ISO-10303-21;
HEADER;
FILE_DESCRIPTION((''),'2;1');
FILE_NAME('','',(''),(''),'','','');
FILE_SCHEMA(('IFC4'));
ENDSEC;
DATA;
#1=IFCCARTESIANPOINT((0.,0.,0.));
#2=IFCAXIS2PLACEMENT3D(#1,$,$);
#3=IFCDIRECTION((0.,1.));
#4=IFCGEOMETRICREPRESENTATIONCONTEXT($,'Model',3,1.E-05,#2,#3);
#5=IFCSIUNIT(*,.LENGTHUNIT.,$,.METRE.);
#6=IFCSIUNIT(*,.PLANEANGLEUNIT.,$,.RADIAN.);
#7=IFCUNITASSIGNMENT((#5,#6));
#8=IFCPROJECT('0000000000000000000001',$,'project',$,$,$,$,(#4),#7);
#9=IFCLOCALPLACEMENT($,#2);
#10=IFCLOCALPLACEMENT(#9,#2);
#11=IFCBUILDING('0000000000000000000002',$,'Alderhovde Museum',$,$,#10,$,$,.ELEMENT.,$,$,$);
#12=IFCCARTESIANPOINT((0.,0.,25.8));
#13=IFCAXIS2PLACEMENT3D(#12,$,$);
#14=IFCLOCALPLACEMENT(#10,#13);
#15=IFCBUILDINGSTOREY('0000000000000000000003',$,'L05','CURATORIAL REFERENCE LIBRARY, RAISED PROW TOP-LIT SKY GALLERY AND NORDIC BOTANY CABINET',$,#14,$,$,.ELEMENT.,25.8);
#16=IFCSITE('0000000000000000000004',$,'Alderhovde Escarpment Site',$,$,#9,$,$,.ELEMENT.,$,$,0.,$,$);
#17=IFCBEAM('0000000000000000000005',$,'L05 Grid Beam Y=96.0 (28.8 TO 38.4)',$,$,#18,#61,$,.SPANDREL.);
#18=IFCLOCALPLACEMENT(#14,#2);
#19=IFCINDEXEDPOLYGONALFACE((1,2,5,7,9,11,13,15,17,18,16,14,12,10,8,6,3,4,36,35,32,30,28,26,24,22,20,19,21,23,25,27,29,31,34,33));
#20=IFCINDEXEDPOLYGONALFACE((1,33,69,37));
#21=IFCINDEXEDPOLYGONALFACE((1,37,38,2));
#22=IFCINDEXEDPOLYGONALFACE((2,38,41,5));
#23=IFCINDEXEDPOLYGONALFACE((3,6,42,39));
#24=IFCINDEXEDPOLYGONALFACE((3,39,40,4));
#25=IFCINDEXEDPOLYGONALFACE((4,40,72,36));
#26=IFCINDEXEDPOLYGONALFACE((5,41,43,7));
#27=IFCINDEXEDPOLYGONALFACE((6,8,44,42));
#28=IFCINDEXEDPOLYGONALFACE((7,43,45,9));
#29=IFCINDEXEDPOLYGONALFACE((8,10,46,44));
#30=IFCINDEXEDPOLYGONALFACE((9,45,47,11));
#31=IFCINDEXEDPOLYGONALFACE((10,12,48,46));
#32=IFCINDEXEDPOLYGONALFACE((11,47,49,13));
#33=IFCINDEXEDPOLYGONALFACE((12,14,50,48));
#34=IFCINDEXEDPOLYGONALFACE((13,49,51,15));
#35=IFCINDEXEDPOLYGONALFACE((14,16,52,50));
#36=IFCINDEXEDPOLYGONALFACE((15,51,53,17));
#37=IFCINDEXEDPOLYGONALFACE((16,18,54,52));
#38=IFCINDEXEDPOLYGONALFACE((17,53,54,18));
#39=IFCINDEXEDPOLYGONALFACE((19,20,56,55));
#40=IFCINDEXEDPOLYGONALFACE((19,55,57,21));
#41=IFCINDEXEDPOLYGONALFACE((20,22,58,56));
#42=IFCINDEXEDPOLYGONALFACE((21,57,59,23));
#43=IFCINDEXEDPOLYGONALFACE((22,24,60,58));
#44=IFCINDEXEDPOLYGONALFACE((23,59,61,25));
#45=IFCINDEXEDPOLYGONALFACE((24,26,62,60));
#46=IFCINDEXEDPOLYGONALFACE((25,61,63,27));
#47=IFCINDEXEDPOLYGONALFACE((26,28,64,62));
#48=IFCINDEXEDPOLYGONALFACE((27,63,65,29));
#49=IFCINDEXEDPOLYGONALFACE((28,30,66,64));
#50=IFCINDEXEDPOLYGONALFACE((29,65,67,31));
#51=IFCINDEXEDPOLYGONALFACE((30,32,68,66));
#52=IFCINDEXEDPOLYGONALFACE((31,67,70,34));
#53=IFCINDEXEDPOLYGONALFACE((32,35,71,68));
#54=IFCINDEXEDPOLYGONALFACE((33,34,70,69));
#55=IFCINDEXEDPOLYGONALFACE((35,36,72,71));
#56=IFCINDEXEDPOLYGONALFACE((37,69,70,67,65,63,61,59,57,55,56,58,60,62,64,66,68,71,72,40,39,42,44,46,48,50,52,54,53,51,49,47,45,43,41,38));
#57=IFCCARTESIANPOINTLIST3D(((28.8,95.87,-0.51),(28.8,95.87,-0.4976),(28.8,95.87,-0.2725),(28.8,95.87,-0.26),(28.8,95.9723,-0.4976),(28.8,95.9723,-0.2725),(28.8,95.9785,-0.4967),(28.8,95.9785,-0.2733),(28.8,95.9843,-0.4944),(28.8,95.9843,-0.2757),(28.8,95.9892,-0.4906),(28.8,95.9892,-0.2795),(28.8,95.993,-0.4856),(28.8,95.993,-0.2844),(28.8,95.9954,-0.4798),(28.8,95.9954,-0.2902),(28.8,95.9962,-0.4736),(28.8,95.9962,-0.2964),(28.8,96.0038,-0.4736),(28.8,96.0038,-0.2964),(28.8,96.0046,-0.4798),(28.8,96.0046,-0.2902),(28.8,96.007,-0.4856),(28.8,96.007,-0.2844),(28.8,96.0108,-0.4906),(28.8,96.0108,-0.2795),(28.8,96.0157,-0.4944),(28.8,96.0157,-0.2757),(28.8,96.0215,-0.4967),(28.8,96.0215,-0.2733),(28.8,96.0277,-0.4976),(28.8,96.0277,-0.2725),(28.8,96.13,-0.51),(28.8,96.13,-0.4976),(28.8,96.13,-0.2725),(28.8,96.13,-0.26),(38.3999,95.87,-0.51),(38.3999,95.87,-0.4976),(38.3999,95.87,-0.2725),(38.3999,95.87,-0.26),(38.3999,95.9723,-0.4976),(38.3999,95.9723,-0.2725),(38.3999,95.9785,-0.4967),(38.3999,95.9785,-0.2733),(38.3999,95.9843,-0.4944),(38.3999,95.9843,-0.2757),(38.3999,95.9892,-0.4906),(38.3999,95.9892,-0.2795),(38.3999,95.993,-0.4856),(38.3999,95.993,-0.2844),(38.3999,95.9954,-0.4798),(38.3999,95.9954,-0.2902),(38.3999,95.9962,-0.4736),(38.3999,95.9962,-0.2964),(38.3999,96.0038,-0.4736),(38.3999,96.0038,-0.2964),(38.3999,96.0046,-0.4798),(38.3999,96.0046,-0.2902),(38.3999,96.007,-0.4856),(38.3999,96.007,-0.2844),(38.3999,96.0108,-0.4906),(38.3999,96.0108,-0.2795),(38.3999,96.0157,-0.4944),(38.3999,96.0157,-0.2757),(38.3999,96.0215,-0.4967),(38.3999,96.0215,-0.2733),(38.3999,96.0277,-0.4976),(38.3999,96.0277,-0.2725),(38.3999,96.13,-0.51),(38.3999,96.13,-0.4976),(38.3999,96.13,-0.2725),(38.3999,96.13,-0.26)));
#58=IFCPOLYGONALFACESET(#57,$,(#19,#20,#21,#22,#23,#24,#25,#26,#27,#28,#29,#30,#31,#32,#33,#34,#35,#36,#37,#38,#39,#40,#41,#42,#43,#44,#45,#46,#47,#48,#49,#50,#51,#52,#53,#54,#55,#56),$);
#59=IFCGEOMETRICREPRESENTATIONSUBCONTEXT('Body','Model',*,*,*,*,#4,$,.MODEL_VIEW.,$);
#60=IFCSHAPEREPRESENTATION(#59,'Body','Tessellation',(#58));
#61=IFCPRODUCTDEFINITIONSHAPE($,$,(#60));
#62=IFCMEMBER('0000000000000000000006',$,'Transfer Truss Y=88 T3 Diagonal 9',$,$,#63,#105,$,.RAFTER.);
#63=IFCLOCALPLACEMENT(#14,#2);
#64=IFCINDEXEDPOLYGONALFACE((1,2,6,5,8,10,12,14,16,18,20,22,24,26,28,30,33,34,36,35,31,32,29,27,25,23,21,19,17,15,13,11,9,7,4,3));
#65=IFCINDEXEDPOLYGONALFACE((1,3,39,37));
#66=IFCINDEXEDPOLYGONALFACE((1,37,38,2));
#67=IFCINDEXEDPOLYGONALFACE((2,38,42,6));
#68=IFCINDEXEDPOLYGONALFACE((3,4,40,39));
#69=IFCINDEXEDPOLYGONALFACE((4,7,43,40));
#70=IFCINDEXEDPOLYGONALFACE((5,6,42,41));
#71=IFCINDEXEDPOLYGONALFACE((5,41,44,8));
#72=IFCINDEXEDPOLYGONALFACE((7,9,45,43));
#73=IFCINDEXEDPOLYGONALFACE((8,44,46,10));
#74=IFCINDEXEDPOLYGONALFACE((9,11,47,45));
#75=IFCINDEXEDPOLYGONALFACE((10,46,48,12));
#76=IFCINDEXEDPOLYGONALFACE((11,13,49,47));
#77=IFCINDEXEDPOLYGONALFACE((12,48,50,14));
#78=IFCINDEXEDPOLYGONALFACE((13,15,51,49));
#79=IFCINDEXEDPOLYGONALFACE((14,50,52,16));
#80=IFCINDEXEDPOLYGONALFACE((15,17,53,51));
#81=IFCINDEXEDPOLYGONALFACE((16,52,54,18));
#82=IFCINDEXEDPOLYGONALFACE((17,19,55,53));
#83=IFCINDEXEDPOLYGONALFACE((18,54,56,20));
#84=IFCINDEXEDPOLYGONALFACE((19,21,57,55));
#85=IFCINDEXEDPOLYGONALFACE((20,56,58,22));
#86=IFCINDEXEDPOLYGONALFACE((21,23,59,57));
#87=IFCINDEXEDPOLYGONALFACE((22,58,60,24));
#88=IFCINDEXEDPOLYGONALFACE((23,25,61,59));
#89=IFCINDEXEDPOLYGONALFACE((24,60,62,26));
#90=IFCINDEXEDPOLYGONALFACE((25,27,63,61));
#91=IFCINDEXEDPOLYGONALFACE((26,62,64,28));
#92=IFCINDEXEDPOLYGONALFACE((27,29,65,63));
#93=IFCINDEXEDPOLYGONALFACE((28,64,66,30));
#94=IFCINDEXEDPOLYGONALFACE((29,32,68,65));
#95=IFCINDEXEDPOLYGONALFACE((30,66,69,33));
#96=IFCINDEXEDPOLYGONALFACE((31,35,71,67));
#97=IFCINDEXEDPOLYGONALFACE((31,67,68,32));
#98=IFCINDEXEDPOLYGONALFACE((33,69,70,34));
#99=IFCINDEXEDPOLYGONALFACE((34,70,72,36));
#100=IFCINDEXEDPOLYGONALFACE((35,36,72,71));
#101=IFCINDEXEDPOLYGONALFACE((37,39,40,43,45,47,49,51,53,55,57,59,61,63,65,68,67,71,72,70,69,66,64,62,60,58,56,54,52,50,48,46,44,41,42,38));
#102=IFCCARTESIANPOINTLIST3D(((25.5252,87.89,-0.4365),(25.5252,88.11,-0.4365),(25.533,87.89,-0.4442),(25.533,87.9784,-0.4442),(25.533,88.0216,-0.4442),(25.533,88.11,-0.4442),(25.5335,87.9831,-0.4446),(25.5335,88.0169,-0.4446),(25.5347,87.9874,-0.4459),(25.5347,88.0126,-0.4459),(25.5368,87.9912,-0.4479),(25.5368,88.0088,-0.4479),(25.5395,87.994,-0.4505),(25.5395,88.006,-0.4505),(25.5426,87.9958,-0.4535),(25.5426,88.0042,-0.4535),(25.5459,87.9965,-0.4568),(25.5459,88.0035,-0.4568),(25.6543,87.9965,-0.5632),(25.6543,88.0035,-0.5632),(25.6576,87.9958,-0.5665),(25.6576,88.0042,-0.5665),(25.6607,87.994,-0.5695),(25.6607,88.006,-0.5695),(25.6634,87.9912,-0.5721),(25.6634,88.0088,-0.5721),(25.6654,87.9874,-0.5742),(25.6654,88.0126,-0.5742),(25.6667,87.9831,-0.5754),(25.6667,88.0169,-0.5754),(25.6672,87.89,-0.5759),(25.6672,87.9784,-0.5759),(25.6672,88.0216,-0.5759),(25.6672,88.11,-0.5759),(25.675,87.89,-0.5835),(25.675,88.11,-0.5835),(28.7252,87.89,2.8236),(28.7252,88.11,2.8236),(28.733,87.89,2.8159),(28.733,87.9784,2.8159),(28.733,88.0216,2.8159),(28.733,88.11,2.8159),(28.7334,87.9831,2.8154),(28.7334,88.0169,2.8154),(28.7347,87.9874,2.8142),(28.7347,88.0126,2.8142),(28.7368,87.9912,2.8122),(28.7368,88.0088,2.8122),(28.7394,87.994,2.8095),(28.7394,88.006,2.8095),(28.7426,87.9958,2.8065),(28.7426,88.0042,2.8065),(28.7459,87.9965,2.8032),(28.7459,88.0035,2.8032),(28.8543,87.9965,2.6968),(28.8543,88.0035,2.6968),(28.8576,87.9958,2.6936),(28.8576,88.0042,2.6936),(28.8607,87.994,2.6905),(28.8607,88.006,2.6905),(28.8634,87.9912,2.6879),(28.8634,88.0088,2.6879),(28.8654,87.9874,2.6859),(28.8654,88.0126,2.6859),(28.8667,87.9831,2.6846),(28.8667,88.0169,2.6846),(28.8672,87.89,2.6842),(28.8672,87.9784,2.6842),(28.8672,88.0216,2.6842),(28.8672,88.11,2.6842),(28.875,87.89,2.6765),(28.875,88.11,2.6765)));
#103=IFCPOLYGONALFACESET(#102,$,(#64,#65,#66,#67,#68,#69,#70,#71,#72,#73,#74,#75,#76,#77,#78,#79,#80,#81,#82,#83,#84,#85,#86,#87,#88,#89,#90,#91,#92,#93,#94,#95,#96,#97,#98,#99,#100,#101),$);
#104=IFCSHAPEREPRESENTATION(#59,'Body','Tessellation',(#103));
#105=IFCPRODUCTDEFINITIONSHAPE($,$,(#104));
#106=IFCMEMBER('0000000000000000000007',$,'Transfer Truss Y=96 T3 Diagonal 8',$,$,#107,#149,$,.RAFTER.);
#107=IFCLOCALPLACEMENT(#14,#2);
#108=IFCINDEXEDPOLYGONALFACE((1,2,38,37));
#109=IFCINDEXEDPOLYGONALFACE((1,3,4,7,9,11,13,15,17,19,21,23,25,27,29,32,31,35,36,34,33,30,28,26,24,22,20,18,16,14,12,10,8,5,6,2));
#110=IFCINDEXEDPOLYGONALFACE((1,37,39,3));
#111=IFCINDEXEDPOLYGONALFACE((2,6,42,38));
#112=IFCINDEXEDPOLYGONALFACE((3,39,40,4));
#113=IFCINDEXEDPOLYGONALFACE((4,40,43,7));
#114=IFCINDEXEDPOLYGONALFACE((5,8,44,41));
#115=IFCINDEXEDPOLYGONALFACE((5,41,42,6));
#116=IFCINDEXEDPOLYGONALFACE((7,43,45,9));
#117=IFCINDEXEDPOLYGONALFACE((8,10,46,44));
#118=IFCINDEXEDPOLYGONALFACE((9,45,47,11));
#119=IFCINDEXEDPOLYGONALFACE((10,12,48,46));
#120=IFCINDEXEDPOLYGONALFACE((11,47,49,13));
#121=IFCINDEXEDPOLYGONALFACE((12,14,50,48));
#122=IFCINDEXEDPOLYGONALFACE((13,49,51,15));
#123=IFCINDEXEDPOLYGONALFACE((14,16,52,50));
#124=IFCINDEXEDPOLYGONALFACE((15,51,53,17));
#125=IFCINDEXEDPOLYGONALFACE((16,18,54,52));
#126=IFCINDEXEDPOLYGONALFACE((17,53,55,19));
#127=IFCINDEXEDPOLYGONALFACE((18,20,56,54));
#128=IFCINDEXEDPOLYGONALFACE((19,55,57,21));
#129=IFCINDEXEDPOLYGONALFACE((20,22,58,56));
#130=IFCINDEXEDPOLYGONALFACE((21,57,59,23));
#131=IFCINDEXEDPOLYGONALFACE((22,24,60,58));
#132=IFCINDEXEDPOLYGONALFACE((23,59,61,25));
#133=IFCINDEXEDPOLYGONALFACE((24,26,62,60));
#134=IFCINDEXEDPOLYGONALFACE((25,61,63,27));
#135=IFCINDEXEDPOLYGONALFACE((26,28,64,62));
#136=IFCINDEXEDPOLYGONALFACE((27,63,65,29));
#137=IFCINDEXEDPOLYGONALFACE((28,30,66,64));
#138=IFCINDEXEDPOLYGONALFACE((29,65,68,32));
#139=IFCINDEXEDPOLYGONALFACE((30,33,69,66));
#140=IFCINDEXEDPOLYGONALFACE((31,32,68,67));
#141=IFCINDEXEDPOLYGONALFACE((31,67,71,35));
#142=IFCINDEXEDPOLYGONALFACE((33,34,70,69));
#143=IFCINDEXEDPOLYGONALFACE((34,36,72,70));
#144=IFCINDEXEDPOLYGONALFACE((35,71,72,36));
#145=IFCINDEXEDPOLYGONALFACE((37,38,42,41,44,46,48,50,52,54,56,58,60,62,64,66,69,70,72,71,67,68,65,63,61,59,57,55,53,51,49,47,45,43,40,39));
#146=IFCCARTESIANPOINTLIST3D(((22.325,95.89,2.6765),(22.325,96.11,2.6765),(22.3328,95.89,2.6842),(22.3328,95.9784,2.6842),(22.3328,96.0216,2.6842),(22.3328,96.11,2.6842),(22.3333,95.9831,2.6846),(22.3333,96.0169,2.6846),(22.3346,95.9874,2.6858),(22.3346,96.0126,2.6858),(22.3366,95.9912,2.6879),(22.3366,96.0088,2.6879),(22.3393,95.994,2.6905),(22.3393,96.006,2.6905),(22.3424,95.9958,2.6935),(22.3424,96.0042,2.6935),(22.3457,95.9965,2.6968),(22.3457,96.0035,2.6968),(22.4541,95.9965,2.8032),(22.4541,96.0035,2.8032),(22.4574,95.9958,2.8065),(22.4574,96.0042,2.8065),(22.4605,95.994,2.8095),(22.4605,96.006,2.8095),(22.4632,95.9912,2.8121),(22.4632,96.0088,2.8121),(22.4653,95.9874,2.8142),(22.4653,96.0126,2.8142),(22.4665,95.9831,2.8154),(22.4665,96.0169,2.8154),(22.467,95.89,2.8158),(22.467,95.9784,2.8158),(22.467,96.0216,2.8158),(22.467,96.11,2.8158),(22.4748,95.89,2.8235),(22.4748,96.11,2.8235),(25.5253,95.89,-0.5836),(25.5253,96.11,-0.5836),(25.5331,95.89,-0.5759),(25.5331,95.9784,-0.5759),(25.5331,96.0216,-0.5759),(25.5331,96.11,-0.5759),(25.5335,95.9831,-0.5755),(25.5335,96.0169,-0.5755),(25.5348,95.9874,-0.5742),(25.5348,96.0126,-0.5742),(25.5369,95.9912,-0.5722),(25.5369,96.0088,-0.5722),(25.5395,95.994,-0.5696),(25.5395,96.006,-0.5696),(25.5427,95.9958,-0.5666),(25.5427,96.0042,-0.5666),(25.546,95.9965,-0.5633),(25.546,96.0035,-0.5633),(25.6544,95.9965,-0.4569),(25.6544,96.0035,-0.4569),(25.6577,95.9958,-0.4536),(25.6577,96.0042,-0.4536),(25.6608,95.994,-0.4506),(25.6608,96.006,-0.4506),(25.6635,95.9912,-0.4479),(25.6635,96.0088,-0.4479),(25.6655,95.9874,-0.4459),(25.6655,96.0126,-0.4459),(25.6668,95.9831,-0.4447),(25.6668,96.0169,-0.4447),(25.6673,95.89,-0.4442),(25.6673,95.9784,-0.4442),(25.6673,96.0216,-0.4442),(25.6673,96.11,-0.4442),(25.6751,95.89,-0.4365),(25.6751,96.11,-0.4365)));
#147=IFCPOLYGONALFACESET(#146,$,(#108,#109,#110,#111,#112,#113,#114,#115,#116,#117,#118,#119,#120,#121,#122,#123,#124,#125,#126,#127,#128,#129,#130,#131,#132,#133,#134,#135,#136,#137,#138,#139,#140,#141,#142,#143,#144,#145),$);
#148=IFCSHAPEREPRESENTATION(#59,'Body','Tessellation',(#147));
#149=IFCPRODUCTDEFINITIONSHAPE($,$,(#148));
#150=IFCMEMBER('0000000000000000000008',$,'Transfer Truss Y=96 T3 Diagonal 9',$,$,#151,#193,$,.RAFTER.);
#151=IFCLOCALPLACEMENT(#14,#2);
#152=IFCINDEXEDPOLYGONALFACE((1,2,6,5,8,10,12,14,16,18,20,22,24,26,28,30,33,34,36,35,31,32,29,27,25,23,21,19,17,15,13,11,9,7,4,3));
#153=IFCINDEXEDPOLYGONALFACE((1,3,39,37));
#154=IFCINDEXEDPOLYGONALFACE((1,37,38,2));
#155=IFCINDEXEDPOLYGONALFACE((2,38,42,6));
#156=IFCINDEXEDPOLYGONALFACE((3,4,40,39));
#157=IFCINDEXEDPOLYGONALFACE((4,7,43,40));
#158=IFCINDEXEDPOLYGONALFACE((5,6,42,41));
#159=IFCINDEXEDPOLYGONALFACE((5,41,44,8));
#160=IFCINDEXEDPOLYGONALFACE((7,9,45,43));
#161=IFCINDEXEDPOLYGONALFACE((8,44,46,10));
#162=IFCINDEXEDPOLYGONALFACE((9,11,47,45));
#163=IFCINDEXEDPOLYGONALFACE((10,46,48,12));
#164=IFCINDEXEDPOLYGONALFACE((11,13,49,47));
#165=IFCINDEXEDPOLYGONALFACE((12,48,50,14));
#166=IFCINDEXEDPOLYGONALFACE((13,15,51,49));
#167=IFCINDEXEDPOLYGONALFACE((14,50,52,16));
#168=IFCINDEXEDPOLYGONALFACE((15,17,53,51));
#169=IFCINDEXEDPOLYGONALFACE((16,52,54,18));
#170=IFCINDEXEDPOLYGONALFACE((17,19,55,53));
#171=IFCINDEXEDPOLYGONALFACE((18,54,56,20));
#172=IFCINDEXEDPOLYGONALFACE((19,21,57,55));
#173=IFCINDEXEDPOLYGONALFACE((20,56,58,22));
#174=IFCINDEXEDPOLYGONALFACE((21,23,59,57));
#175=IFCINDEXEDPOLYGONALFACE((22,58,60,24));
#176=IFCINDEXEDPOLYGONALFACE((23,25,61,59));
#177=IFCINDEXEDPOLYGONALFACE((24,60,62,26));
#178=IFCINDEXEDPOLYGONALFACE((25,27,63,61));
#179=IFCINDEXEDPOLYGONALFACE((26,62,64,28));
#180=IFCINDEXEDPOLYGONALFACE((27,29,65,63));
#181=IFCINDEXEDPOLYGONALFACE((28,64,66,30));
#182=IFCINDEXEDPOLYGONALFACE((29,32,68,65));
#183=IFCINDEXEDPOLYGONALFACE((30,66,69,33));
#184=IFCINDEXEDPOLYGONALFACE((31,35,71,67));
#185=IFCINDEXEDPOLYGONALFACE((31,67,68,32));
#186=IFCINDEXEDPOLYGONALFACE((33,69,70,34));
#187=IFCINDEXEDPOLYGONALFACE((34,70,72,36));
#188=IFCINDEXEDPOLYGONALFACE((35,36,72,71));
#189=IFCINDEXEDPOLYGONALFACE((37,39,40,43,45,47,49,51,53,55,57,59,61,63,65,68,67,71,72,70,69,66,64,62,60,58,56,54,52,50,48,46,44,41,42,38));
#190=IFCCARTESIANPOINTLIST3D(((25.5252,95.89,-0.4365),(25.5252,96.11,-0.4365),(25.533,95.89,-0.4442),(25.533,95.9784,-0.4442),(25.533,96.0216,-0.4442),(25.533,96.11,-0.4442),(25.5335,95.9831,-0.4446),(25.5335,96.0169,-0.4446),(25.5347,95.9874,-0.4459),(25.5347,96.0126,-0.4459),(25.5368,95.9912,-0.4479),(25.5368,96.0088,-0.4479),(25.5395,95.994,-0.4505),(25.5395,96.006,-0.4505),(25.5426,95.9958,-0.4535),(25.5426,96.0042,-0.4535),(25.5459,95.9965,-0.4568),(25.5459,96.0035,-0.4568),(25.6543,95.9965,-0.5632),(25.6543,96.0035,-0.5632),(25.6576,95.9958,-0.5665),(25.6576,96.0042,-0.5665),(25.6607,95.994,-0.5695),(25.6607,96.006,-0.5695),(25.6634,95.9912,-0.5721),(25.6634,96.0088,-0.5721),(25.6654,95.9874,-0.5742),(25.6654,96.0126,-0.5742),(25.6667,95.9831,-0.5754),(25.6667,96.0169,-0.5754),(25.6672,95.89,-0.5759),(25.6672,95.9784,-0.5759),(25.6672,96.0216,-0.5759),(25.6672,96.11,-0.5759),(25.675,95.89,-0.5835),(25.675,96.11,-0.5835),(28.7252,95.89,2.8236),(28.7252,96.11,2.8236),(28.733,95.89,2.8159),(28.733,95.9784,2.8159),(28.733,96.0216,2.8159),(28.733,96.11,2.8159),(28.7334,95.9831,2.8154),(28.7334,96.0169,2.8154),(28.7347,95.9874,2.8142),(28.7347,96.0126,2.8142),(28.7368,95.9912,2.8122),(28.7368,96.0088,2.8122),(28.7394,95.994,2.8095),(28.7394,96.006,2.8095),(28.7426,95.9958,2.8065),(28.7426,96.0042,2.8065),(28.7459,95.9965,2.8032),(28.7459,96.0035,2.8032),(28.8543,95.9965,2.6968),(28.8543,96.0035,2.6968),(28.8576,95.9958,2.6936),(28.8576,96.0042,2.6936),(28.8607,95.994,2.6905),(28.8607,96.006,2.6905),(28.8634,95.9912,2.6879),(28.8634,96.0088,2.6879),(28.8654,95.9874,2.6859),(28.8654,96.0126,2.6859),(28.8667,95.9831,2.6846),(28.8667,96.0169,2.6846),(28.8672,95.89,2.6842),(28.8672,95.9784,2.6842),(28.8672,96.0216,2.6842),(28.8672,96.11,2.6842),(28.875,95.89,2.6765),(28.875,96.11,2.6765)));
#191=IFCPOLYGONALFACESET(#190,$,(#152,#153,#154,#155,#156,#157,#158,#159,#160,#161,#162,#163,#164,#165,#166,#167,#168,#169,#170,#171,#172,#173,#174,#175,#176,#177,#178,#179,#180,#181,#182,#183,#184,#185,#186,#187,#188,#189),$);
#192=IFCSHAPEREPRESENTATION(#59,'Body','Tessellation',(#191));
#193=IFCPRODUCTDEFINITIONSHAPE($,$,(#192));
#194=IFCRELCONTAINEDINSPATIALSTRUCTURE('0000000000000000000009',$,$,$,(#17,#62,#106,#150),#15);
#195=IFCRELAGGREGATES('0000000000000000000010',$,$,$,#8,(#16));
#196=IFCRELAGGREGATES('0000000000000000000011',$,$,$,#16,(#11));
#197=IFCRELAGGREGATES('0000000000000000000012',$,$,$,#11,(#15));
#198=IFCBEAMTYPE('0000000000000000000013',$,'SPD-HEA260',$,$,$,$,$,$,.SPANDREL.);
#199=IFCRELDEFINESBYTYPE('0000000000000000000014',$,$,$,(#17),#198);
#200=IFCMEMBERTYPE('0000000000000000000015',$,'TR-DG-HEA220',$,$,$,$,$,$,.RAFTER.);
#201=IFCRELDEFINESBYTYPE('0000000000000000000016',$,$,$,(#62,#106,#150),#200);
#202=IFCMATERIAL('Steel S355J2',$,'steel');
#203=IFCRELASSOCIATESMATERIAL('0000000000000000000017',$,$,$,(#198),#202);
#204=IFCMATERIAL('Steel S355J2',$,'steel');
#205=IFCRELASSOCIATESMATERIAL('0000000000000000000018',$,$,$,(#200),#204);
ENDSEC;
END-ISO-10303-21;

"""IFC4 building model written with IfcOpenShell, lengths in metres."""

from ifc_helpers import new_model, si_unit, direction, frame, origin, origin_2d, place, context, subcontext, project, spatial, i_section, extrude, material, material_profile, profile_set, type_object, element, save


model = new_model("IFC4")

# Units and contexts
model_context = context("Model", 3, precision=1e-05, world=origin(), true_north=direction((0.0, 1.0)))
body_context = subcontext(model_context, "Body", "Model", "MODEL_VIEW")
ifc_project = project(units=[si_unit("LENGTHUNIT", "METRE"), si_unit("PLANEANGLEUNIT", "RADIAN")], contexts=[model_context])

# Site, building, storey
site_placement = place(None, origin())
site = spatial("IfcSite", under=ifc_project, at=site_placement, Name="Alderhovde Escarpment Site", CompositionType="ELEMENT", RefElevation=0.0)
building_placement = place(site_placement, origin())
building = spatial("IfcBuilding", under=site, at=building_placement, Name="Alderhovde Museum", CompositionType="ELEMENT")
storey_placement = place(building_placement, frame((0.0, 0.0, 25.8)))
storey = spatial("IfcBuildingStorey", under=building, at=storey_placement, Name="L05", Description="CURATORIAL REFERENCE LIBRARY, RAISED PROW TOP-LIT SKY GALLERY AND NORDIC BOTANY CABINET", CompositionType="ELEMENT", Elevation=25.8)

# Beam
ifc_material_1 = material(Name="Steel S355J2", Category="steel")
ifc_material_profile_1 = material_profile(ifc_material_1, i_section(OverallWidth=0.26, OverallDepth=0.25, WebThickness=0.0076, FlangeThickness=0.0125, FilletRadius=0.0239, at=origin_2d()), Name="HEA 260")
ifc_profile_set_1 = profile_set([ifc_material_profile_1], Name="Steel S355J2")
beam_type_1 = type_object("IfcBeamType", Name="SPD-HEA260", PredefinedType="SPANDREL", material=ifc_profile_set_1)
beam_1_placement = place(storey_placement, frame((28.8, 96.0, -0.385), z_axis=(1.0, 0.0, 0.0), x_axis=(0.0, 1.0, 0.0)))
element("IfcBeam", 1, at=beam_1_placement, inside=storey, type_object=beam_type_1, Name="L05 Grid Beam Y=96.0 (28.8 TO 38.4)", PredefinedType="SPANDREL", context=body_context, shape_type="SweptSolid", body=[
    extrude(i_section(OverallWidth=0.26, OverallDepth=0.25, WebThickness=0.0076, FlangeThickness=0.0125, FilletRadius=0.0239, at=origin_2d()), origin(), (0.0, 0.0, 1.0), 9.5999),
])

# Members
ifc_material_2 = material(Name="Steel S355J2", Category="steel")
ifc_material_profile_2 = material_profile(ifc_material_2, i_section(OverallWidth=0.22, OverallDepth=0.21, WebThickness=0.0071, FlangeThickness=0.011, FilletRadius=0.0181, at=origin_2d()), Name="HEA 220")
ifc_profile_set_2 = profile_set([ifc_material_profile_2], Name="Steel S355J2")
member_type_1 = type_object("IfcMemberType", Name="TR-DG-HEA220", PredefinedType="RAFTER", material=ifc_profile_set_2)
member_1_placement = place(storey_placement, frame((25.6001, 88.0, -0.51), z_axis=(0.700502, 0.0, 0.71365), x_axis=(0.0, 1.0, 0.0)))
element("IfcMember", 2, at=member_1_placement, inside=storey, type_object=member_type_1, Name="Transfer Truss Y=88 T3 Diagonal 9", PredefinedType="RAFTER", context=body_context, shape_type="SweptSolid", body=[
    extrude(i_section(OverallWidth=0.22, OverallDepth=0.21, WebThickness=0.0071, FlangeThickness=0.011, FilletRadius=0.0181, at=origin_2d()), origin(), (0.0, 0.0, 1.0), 4.5681),
])
member_2_placement = place(storey_placement, frame((22.3999, 96.0, 2.75), z_axis=(0.70053, 0.0, -0.713623), x_axis=(0.0, 1.0, 0.0)))
element("IfcMember", 3, at=member_2_placement, inside=storey, type_object=member_type_1, Name="Transfer Truss Y=96 T3 Diagonal 8", PredefinedType="RAFTER", context=body_context, shape_type="SweptSolid", body=[
    extrude(i_section(OverallWidth=0.22, OverallDepth=0.21, WebThickness=0.0071, FlangeThickness=0.011, FilletRadius=0.0181, at=origin_2d()), origin(), (0.0, 0.0, 1.0), 4.5684),
])
member_3_placement = place(storey_placement, frame((25.6001, 96.0, -0.51), z_axis=(0.700502, 0.0, 0.71365), x_axis=(0.0, 1.0, 0.0)))
element("IfcMember", 4, at=member_3_placement, inside=storey, type_object=member_type_1, Name="Transfer Truss Y=96 T3 Diagonal 9", PredefinedType="RAFTER", context=body_context, shape_type="SweptSolid", body=[
    extrude(i_section(OverallWidth=0.22, OverallDepth=0.21, WebThickness=0.0071, FlangeThickness=0.011, FilletRadius=0.0181, at=origin_2d()), origin(), (0.0, 0.0, 1.0), 4.5681),
])

save(model, "model.ifc")
